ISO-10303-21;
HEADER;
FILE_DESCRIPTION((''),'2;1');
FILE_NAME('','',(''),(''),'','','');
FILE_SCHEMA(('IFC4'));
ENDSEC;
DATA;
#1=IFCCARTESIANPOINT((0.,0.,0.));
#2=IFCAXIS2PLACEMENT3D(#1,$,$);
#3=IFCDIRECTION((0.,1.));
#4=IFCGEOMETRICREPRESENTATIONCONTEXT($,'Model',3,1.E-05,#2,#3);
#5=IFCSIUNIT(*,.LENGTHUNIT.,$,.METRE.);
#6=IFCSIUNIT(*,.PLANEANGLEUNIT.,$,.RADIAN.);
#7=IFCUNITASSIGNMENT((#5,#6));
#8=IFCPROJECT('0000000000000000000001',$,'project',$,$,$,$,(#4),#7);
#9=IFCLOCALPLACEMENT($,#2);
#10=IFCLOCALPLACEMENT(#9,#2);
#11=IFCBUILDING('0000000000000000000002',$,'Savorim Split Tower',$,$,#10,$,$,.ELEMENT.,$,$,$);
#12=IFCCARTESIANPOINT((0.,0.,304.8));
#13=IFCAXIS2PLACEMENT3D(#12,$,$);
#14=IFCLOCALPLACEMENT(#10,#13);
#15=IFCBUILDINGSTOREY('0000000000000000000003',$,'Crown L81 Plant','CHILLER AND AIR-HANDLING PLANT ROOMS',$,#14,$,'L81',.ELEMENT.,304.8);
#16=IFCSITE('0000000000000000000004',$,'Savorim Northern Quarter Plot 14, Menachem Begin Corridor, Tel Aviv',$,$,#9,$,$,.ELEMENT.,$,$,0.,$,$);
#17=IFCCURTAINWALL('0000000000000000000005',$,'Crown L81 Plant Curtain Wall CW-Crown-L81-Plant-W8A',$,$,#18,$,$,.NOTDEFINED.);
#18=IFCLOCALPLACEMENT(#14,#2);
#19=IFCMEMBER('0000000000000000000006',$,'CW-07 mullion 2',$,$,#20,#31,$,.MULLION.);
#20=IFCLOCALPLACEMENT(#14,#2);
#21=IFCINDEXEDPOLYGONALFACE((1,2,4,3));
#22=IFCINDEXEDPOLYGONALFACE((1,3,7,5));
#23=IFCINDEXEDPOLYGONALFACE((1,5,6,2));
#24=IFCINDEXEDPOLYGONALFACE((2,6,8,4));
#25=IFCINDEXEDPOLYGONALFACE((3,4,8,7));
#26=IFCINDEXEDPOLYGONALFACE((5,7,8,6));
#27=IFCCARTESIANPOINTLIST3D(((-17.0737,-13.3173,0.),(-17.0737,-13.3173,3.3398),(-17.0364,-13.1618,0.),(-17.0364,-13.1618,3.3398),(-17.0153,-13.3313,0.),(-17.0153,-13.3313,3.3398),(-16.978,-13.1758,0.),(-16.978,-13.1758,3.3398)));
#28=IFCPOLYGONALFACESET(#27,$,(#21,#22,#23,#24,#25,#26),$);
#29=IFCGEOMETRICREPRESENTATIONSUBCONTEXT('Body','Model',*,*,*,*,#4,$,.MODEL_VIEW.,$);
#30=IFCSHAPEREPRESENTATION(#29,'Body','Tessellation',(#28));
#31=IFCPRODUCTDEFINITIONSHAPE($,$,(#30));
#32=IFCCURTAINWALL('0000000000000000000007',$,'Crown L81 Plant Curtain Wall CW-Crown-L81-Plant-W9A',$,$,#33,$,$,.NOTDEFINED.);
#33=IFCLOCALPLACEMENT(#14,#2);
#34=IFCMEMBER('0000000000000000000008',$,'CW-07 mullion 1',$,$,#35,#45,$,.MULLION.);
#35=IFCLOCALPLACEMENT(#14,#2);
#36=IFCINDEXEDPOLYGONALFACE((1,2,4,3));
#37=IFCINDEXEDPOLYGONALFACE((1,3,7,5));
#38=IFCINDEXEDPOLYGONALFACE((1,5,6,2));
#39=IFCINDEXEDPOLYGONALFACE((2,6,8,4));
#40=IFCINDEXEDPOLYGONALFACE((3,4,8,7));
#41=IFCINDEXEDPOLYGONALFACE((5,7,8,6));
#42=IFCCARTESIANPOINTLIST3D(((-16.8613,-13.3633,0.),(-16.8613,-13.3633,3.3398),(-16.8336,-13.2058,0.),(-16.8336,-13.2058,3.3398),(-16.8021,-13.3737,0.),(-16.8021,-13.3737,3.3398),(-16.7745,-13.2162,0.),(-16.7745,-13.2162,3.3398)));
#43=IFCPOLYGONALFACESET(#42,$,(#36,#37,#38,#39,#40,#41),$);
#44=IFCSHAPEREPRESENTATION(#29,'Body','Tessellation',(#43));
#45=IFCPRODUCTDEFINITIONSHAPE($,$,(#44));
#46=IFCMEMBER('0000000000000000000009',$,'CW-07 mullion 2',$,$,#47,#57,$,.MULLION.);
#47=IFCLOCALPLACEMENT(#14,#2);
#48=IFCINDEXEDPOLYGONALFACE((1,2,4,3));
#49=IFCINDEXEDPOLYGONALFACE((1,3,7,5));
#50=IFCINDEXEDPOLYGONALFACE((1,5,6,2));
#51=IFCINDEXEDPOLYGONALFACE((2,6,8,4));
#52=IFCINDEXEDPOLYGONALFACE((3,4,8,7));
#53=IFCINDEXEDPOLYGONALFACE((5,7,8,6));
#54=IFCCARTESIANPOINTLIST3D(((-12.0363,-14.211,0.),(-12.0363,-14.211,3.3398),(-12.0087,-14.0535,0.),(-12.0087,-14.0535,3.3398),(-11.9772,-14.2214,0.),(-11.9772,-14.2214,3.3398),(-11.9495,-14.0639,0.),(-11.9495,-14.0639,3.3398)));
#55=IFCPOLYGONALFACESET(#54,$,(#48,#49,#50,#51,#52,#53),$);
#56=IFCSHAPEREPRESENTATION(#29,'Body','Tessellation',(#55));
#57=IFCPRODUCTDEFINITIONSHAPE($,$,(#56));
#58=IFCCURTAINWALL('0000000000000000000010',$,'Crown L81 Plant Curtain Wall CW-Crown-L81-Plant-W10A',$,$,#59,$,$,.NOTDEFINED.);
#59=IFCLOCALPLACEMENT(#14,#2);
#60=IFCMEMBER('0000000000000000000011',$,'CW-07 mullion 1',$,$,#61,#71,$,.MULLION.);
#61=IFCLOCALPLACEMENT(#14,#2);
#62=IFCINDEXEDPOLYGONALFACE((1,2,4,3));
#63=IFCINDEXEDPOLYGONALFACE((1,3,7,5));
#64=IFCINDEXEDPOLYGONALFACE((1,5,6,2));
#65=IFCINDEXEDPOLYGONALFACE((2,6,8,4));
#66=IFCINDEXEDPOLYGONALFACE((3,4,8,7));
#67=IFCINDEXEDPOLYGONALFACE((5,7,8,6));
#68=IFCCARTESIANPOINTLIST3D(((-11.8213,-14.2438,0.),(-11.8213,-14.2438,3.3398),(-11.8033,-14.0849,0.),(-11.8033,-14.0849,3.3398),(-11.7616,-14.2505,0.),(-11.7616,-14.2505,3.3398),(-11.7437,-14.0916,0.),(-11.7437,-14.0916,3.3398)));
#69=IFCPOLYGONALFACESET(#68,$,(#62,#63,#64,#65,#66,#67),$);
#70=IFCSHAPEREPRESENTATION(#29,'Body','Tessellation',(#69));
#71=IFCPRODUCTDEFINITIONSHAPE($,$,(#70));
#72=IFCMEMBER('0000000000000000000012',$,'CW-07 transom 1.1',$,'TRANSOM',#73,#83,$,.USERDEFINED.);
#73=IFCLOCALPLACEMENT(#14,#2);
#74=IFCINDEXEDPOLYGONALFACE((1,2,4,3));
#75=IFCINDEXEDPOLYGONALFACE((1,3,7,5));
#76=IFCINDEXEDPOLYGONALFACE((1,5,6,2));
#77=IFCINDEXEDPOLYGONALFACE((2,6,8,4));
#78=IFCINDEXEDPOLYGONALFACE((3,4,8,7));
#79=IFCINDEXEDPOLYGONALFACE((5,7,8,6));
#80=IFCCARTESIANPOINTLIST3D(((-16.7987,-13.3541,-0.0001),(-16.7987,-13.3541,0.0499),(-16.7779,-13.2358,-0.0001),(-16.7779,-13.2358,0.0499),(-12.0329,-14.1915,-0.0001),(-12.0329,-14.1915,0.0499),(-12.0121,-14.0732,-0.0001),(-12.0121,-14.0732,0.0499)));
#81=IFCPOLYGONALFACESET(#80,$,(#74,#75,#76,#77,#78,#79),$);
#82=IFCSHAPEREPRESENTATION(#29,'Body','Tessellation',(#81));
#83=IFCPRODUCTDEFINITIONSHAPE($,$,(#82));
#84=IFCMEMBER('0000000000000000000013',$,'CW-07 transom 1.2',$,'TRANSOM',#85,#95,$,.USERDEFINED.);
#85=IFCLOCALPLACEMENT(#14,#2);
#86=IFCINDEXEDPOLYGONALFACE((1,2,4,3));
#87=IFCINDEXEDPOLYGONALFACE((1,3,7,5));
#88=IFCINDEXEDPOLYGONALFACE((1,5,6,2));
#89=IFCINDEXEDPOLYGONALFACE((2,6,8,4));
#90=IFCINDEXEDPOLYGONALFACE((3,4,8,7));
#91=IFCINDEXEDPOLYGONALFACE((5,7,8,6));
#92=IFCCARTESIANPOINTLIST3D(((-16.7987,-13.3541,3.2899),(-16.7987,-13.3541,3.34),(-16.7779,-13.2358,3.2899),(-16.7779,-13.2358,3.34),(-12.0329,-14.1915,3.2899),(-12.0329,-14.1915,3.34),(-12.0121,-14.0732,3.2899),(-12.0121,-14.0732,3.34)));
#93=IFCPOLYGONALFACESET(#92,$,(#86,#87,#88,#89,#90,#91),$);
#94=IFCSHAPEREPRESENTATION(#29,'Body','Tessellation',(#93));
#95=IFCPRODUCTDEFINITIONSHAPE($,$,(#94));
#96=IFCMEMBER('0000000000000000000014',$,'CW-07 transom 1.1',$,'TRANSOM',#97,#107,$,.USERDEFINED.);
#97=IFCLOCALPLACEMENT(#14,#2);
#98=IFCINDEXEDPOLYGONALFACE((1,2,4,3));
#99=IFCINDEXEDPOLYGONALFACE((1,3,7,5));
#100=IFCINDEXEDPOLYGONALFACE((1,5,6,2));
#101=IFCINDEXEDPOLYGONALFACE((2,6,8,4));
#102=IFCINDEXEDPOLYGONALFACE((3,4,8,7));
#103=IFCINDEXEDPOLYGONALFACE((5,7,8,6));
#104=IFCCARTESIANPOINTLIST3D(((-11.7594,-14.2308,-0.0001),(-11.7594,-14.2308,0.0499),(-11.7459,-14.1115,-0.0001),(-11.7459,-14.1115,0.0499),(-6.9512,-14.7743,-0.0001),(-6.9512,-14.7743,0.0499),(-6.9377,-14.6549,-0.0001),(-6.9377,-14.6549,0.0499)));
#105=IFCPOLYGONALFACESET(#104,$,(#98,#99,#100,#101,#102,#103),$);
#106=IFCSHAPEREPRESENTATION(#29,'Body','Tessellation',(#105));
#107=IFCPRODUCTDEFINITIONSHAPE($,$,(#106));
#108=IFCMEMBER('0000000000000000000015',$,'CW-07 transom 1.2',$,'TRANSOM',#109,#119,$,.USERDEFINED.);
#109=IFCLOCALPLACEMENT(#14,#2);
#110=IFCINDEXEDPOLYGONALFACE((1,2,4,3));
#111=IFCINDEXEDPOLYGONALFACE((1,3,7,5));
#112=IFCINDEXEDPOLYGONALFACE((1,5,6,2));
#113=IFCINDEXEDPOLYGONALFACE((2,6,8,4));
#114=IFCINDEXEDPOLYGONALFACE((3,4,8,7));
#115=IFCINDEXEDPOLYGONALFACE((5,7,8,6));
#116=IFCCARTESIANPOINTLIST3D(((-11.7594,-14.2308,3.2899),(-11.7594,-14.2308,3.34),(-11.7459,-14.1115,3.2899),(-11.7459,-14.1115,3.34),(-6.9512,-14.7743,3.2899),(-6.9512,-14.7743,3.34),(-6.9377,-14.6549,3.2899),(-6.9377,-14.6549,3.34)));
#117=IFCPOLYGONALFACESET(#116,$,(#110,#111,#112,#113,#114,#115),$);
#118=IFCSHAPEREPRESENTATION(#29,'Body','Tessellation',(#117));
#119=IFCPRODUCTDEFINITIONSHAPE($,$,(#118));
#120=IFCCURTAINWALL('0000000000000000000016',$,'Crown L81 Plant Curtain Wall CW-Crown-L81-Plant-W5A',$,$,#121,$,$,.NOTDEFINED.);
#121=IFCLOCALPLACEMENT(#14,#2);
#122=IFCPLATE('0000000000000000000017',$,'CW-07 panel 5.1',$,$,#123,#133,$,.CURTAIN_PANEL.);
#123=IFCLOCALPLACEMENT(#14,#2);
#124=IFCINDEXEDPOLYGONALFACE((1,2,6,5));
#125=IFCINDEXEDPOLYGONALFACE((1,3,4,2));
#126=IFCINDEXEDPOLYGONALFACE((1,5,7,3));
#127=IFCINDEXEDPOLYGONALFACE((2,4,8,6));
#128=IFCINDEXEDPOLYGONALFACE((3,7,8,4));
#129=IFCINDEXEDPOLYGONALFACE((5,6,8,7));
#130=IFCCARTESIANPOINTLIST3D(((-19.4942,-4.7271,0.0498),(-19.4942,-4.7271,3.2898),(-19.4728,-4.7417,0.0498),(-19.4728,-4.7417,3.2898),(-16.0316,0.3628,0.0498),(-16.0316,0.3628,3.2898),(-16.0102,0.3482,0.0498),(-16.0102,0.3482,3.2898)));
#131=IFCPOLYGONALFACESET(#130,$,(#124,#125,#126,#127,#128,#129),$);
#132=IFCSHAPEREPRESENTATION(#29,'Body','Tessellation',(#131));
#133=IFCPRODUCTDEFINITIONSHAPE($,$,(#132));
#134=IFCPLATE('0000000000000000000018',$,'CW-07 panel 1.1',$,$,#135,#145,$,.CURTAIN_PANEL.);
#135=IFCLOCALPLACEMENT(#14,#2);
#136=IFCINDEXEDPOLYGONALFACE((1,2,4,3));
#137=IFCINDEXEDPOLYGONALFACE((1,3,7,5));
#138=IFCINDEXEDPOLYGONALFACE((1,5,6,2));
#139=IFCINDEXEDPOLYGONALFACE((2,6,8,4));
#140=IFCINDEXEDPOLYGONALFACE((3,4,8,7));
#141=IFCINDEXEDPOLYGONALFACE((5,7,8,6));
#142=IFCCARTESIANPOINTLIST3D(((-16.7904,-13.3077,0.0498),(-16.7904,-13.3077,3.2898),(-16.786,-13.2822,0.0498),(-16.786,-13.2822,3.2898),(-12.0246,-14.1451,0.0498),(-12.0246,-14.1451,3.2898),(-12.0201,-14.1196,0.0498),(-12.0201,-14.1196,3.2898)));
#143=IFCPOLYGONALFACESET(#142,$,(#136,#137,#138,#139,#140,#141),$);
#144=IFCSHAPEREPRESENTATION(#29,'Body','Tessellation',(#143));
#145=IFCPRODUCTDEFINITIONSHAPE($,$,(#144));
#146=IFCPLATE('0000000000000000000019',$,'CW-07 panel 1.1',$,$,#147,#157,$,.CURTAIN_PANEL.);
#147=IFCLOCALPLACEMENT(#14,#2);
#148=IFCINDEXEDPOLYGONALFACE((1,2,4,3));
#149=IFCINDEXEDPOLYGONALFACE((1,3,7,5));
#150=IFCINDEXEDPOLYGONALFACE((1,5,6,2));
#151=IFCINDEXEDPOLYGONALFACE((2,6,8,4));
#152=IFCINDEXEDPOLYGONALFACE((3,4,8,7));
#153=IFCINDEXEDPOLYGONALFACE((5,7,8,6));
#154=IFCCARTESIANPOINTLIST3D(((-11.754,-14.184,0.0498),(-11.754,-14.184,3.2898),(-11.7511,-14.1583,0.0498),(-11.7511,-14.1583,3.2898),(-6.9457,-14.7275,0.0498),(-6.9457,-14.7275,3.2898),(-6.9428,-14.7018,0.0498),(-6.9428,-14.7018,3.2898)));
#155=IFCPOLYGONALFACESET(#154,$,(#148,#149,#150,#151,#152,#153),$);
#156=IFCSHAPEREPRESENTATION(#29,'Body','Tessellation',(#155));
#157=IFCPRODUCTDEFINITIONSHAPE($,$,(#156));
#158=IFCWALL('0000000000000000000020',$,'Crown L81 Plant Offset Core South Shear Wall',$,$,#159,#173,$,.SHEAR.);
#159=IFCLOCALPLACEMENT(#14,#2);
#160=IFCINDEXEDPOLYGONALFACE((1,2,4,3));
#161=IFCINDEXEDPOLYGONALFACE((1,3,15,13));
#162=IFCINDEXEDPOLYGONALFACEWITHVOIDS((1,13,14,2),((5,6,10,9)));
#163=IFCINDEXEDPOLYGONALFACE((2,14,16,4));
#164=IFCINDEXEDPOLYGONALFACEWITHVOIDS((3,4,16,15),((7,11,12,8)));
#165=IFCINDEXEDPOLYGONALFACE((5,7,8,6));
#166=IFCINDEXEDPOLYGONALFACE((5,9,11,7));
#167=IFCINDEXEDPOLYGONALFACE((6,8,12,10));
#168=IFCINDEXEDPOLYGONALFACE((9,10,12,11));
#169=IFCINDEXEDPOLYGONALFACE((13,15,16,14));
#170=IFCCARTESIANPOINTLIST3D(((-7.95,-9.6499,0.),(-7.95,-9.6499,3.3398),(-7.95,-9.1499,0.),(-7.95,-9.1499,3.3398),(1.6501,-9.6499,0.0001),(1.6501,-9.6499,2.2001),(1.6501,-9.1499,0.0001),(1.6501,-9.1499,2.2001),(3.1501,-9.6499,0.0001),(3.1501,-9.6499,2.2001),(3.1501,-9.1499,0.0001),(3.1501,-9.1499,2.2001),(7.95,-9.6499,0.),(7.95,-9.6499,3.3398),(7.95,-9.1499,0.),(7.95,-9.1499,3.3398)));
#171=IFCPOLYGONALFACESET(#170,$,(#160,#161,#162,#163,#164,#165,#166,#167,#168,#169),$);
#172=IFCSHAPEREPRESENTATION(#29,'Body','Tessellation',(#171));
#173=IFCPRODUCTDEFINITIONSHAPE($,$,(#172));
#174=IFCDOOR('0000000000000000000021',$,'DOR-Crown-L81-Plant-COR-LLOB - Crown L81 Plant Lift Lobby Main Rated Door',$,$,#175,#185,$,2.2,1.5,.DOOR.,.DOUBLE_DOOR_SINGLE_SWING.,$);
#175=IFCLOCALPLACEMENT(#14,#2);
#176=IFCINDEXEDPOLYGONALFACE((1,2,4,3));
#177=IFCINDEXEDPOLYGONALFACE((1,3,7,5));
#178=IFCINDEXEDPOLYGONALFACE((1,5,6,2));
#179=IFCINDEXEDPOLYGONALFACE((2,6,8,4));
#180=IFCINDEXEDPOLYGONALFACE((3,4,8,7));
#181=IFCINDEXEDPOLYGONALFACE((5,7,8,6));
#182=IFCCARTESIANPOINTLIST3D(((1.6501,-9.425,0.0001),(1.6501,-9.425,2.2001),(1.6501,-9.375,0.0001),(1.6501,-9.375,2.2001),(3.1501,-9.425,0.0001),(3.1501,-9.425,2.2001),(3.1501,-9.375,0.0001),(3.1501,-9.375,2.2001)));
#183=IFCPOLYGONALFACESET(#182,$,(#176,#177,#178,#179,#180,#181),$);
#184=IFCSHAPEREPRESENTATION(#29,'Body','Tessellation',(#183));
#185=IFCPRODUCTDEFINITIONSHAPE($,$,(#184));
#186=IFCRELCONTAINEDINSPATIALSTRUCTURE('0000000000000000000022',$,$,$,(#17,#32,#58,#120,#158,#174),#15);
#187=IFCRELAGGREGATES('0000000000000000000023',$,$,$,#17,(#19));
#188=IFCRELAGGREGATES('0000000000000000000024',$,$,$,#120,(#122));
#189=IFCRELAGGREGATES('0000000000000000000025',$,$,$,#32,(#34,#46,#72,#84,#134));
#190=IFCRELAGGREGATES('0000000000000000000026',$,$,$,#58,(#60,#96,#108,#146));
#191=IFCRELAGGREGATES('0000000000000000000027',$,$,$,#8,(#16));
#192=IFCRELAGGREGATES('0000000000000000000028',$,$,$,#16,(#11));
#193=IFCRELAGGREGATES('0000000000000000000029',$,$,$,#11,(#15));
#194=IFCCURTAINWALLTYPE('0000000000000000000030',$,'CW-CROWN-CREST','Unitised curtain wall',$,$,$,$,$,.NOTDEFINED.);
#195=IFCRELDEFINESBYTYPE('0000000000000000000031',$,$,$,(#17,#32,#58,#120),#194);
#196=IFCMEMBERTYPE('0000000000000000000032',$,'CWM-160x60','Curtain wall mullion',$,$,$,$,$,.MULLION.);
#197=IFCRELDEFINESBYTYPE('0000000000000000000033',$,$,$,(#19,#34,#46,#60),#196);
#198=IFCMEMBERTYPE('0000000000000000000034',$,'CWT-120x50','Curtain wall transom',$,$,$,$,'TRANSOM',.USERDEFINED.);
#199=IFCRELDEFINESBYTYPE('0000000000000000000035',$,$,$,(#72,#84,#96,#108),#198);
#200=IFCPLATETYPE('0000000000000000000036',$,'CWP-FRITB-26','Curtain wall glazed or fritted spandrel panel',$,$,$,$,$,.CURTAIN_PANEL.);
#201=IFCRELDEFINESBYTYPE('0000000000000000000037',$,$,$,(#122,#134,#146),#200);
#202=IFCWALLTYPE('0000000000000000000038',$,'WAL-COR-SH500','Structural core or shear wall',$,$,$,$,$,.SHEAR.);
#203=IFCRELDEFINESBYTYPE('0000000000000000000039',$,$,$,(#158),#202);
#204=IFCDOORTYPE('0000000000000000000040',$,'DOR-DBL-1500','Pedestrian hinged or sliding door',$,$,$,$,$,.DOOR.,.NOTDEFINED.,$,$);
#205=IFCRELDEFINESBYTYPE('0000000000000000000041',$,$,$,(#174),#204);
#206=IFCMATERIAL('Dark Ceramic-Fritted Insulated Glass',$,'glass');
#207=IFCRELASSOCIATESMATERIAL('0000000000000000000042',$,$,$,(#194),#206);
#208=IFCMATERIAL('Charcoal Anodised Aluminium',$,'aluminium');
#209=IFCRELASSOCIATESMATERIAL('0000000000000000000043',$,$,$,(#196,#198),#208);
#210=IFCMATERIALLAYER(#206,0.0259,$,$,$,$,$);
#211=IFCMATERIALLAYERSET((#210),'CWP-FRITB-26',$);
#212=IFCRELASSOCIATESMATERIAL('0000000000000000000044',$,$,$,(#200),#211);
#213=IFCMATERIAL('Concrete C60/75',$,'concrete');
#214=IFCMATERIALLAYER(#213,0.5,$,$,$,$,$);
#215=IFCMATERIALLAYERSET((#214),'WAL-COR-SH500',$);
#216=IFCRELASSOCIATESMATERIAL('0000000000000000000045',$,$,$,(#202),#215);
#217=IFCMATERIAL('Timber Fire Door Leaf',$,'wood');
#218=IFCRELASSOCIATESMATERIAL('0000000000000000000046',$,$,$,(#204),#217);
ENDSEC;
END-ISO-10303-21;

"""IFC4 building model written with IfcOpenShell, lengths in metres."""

from ifc_helpers import new_model, si_unit, direction, frame, frame_2d, origin, origin_2d, place, context, subcontext, project, spatial, rectangle, extrude, material, layer, layer_set, material_profile, profile_set, type_object, element, fill, aggregate, save


model = new_model("IFC4")

# Units and contexts
model_context = context("Model", 3, precision=1e-05, world=origin(), true_north=direction((0.0, 1.0)))
body_context = subcontext(model_context, "Body", "Model", "MODEL_VIEW")
ifc_project = project(units=[si_unit("LENGTHUNIT", "METRE"), si_unit("PLANEANGLEUNIT", "RADIAN")], contexts=[model_context])

# Site, building, storey
site_placement = place(None, origin())
site = spatial("IfcSite", under=ifc_project, at=site_placement, Name="Savorim Northern Quarter Plot 14, Menachem Begin Corridor, Tel Aviv", CompositionType="ELEMENT", RefElevation=0.0)
building_placement = place(site_placement, origin())
building = spatial("IfcBuilding", under=site, at=building_placement, Name="Savorim Split Tower", CompositionType="ELEMENT")
storey_placement = place(building_placement, frame((0.0, 0.0, 304.8)))
storey = spatial("IfcBuildingStorey", under=building, at=storey_placement, Name="Crown L81 Plant", Description="CHILLER AND AIR-HANDLING PLANT ROOMS", LongName="L81", CompositionType="ELEMENT", Elevation=304.8)

# Curtain wall, member
ifc_material_1 = material(Name="Dark Ceramic-Fritted Insulated Glass", Category="glass")
curtain_wall_type = type_object("IfcCurtainWallType", Name="CW-CROWN-CREST", Description="Unitised curtain wall", PredefinedType="NOTDEFINED", material=ifc_material_1)
curtain_wall_1_placement = place(storey_placement, origin())
curtain_wall_1 = element("IfcCurtainWall", 1, at=curtain_wall_1_placement, inside=storey, type_object=curtain_wall_type, Name="Crown L81 Plant Curtain Wall CW-Crown-L81-Plant-W8A", PredefinedType="NOTDEFINED")
ifc_material_2 = material(Name="Charcoal Anodised Aluminium", Category="aluminium")
ifc_material_profile_1 = material_profile(ifc_material_2, rectangle(XDim=0.1599, YDim=0.0601, at=origin_2d()), Name="ALU-M 160x60")
ifc_profile_set_1 = profile_set([ifc_material_profile_1], Name="Charcoal Anodised Aluminium")
member_type_1 = type_object("IfcMemberType", Name="CWM-160x60", Description="Curtain wall mullion", PredefinedType="MULLION", material=ifc_profile_set_1)
member_1_placement = place(storey_placement, frame((-17.0259, -13.2466, 0.0), z_axis=(0.0, 0.0, 1.0), x_axis=(0.233173, 0.972435, 0.0)))
member_1 = element("IfcMember", 2, at=member_1_placement, type_object=member_type_1, Name="CW-07 mullion 2", PredefinedType="MULLION", context=body_context, shape_type="SweptSolid", body=[
    extrude(rectangle(XDim=0.1599, YDim=0.0601, at=origin_2d()), origin(), (0.0, 0.0, 1.0), 3.3398),
])
aggregate(curtain_wall_1, [member_1])

# Curtain wall, members
curtain_wall_2_placement = place(storey_placement, origin())
curtain_wall_2 = element("IfcCurtainWall", 3, at=curtain_wall_2_placement, inside=storey, type_object=curtain_wall_type, Name="Crown L81 Plant Curtain Wall CW-Crown-L81-Plant-W9A", PredefinedType="NOTDEFINED")
member_2_placement = place(storey_placement, frame((-16.8179, -13.2898, 0.0), z_axis=(0.0, 0.0, 1.0), x_axis=(0.173062, 0.984911, 0.0)))
member_2 = element("IfcMember", 4, at=member_2_placement, type_object=member_type_1, Name="CW-07 mullion 1", PredefinedType="MULLION", context=body_context, shape_type="SweptSolid", body=[
    extrude(rectangle(XDim=0.1599, YDim=0.0601, at=origin_2d()), origin(), (0.0, 0.0, 1.0), 3.3398),
])
member_3_placement = place(storey_placement, frame((-11.9929, -14.1375, 0.0), z_axis=(0.0, 0.0, 1.0), x_axis=(0.173062, 0.984911, 0.0)))
member_3 = element("IfcMember", 5, at=member_3_placement, type_object=member_type_1, Name="CW-07 mullion 2", PredefinedType="MULLION", context=body_context, shape_type="SweptSolid", body=[
    extrude(rectangle(XDim=0.1599, YDim=0.0601, at=origin_2d()), origin(), (0.0, 0.0, 1.0), 3.3398),
])

# Curtain wall, member
curtain_wall_3_placement = place(storey_placement, origin())
curtain_wall_3 = element("IfcCurtainWall", 6, at=curtain_wall_3_placement, inside=storey, type_object=curtain_wall_type, Name="Crown L81 Plant Curtain Wall CW-Crown-L81-Plant-W10A", PredefinedType="NOTDEFINED")
member_4_placement = place(storey_placement, frame((-11.7825, -14.1677, 0.0), z_axis=(0.0, 0.0, 1.0), x_axis=(0.112321, 0.993672, 0.0)))
member_4 = element("IfcMember", 7, at=member_4_placement, type_object=member_type_1, Name="CW-07 mullion 1", PredefinedType="MULLION", context=body_context, shape_type="SweptSolid", body=[
    extrude(rectangle(XDim=0.1599, YDim=0.0601, at=origin_2d()), origin(), (0.0, 0.0, 1.0), 3.3398),
])

# Members
ifc_material_profile_2 = material_profile(ifc_material_2, rectangle(XDim=0.1201, YDim=0.05, at=origin_2d()), Name="ALU-T 120x50")
ifc_profile_set_2 = profile_set([ifc_material_profile_2], Name="Charcoal Anodised Aluminium")
member_type_2 = type_object("IfcMemberType", Name="CWT-120x50", Description="Curtain wall transom", ElementType="TRANSOM", PredefinedType="USERDEFINED", material=ifc_profile_set_2)
member_5_placement = place(storey_placement, frame((-16.7883, -13.2949, 0.0249), z_axis=(0.984912, -0.173057, 0.0), x_axis=(0.173057, 0.984912, 0.0)))
member_5 = element("IfcMember", 8, at=member_5_placement, type_object=member_type_2, Name="CW-07 transom 1.1", ObjectType="TRANSOM", PredefinedType="USERDEFINED", context=body_context, shape_type="SweptSolid", body=[
    extrude(rectangle(XDim=0.1201, YDim=0.05, at=origin_2d()), origin(), (0.0, 0.0, 1.0), 4.8389),
])
member_6_placement = place(storey_placement, frame((-16.7883, -13.2949, 3.3149), z_axis=(0.984912, -0.173057, 0.0), x_axis=(0.173057, 0.984912, 0.0)))
member_6 = element("IfcMember", 9, at=member_6_placement, type_object=member_type_2, Name="CW-07 transom 1.2", ObjectType="TRANSOM", PredefinedType="USERDEFINED", context=body_context, shape_type="SweptSolid", body=[
    extrude(rectangle(XDim=0.1201, YDim=0.05, at=origin_2d()), origin(), (0.0, 0.0, 1.0), 4.8389),
])
member_7_placement = place(storey_placement, frame((-11.7527, -14.1711, 0.0249), z_axis=(0.993673, -0.112309, 0.0), x_axis=(0.112309, 0.993673, 0.0)))
member_7 = element("IfcMember", 10, at=member_7_placement, type_object=member_type_2, Name="CW-07 transom 1.1", ObjectType="TRANSOM", PredefinedType="USERDEFINED", context=body_context, shape_type="SweptSolid", body=[
    extrude(rectangle(XDim=0.1201, YDim=0.05, at=origin_2d()), origin(), (0.0, 0.0, 1.0), 4.8389),
])
member_8_placement = place(storey_placement, frame((-11.7527, -14.1711, 3.3149), z_axis=(0.993673, -0.112309, 0.0), x_axis=(0.112309, 0.993673, 0.0)))
member_8 = element("IfcMember", 11, at=member_8_placement, type_object=member_type_2, Name="CW-07 transom 1.2", ObjectType="TRANSOM", PredefinedType="USERDEFINED", context=body_context, shape_type="SweptSolid", body=[
    extrude(rectangle(XDim=0.1201, YDim=0.05, at=origin_2d()), origin(), (0.0, 0.0, 1.0), 4.8389),
])

# Curtain wall, plate
curtain_wall_4_placement = place(storey_placement, origin())
curtain_wall_4 = element("IfcCurtainWall", 12, at=curtain_wall_4_placement, inside=storey, type_object=curtain_wall_type, Name="Crown L81 Plant Curtain Wall CW-Crown-L81-Plant-W5A", PredefinedType="NOTDEFINED")
ifc_layer_1 = layer(ifc_material_1, 0.0259)
ifc_layer_set_1 = layer_set([ifc_layer_1], Name="CWP-FRITB-26")
plate_type = type_object("IfcPlateType", Name="CWP-FRITB-26", Description="Curtain wall glazed or fritted spandrel panel", PredefinedType="CURTAIN_PANEL", material=ifc_layer_set_1)
plate_1_placement = place(storey_placement, frame((-17.7522, -2.1895, 0.0498), z_axis=(0.0, 0.0, 1.0), x_axis=(-0.562467, -0.82682, 0.0)))
plate_1 = element("IfcPlate", 13, at=plate_1_placement, type_object=plate_type, Name="CW-07 panel 5.1", PredefinedType="CURTAIN_PANEL", context=body_context, shape_type="SweptSolid", body=[
    extrude(rectangle(XDim=6.156, YDim=0.0259, at=origin_2d()), origin(), (0.0, 0.0, 1.0), 3.24),
])
aggregate(curtain_wall_4, [plate_1])

# Plates
plate_2_placement = place(storey_placement, frame((-14.4053, -13.7136, 0.0498), z_axis=(0.0, 0.0, 1.0), x_axis=(0.984911, -0.173062, 0.0)))
plate_2 = element("IfcPlate", 14, at=plate_2_placement, type_object=plate_type, Name="CW-07 panel 1.1", PredefinedType="CURTAIN_PANEL", context=body_context, shape_type="SweptSolid", body=[
    extrude(rectangle(XDim=4.8389, YDim=0.0259, at=origin_2d()), origin(), (0.0, 0.0, 1.0), 3.24),
])
aggregate(curtain_wall_2, [member_2, member_3, member_5, member_6, plate_2])
plate_3_placement = place(storey_placement, frame((-9.3484, -14.4429, 0.0498), z_axis=(0.0, 0.0, 1.0), x_axis=(0.993672, -0.112321, 0.0)))
plate_3 = element("IfcPlate", 15, at=plate_3_placement, type_object=plate_type, Name="CW-07 panel 1.1", PredefinedType="CURTAIN_PANEL", context=body_context, shape_type="SweptSolid", body=[
    extrude(rectangle(XDim=4.8389, YDim=0.0259, at=origin_2d()), origin(), (0.0, 0.0, 1.0), 3.24),
])
aggregate(curtain_wall_3, [member_4, member_7, member_8, plate_3])

# Wall, opening, door
ifc_material_3 = material(Name="Concrete C60/75", Category="concrete")
ifc_layer_2 = layer(ifc_material_3, 0.5)
ifc_layer_set_2 = layer_set([ifc_layer_2], Name="WAL-COR-SH500")
wall_type_1 = type_object("IfcWallType", Name="WAL-COR-SH500", Description="Structural core or shear wall", PredefinedType="SHEAR", material=ifc_layer_set_2)
wall_1_placement = place(storey_placement, frame((-7.95, -9.3999, 0.0), z_axis=(0.0, 0.0, 1.0), x_axis=(1.0, 0.0, 0.0)))
wall_1 = element("IfcWall", 16, at=wall_1_placement, inside=storey, type_object=wall_type_1, Name="Crown L81 Plant Offset Core South Shear Wall", PredefinedType="SHEAR", context=body_context, shape_type="SweptSolid", body=[
    extrude(rectangle(XDim=15.8999, YDim=0.5, at=frame_2d((7.95, 0.0))), origin(), (0.0, 0.0, 1.0), 3.3398),
])
opening_1_placement = place(wall_1_placement, frame((9.6001, 0.0, 0.0)))
opening_1 = element("IfcOpeningElement", 17, at=opening_1_placement, cuts=wall_1, PredefinedType="OPENING", context=body_context, shape_type="SweptSolid", body=[
    extrude(rectangle(XDim=1.5, YDim=2.2, at=frame_2d((0.75, 1.1001))), frame((0.0, 0.26, 0.0), z_axis=(0.0, -1.0, 0.0), x_axis=(1.0, 0.0, 0.0)), (0.0, 0.0, 1.0), 0.52),
])
ifc_material_4 = material(Name="Timber Fire Door Leaf", Category="wood")
door_type_1 = type_object("IfcDoorType", Name="DOR-DBL-1500", Description="Pedestrian hinged or sliding door", OperationType="NOTDEFINED", PredefinedType="DOOR", material=ifc_material_4)
door_1_placement = place(opening_1_placement, origin())
door_1 = element("IfcDoor", 18, at=door_1_placement, inside=storey, type_object=door_type_1, Name="DOR-Crown-L81-Plant-COR-LLOB - Crown L81 Plant Lift Lobby Main Rated Door", OperationType="DOUBLE_DOOR_SINGLE_SWING", OverallHeight=2.2, OverallWidth=1.5, PredefinedType="DOOR", context=body_context, shape_type="SweptSolid", body=[
    extrude(rectangle(XDim=1.5, YDim=2.2, at=frame_2d((0.75, 1.1001))), frame((0.0, 0.0249, 0.0), z_axis=(0.0, -1.0, 0.0), x_axis=(1.0, 0.0, 0.0)), (0.0, 0.0, 1.0), 0.05),
])
fill(opening_1, door_1)

save(model, "model.ifc")
